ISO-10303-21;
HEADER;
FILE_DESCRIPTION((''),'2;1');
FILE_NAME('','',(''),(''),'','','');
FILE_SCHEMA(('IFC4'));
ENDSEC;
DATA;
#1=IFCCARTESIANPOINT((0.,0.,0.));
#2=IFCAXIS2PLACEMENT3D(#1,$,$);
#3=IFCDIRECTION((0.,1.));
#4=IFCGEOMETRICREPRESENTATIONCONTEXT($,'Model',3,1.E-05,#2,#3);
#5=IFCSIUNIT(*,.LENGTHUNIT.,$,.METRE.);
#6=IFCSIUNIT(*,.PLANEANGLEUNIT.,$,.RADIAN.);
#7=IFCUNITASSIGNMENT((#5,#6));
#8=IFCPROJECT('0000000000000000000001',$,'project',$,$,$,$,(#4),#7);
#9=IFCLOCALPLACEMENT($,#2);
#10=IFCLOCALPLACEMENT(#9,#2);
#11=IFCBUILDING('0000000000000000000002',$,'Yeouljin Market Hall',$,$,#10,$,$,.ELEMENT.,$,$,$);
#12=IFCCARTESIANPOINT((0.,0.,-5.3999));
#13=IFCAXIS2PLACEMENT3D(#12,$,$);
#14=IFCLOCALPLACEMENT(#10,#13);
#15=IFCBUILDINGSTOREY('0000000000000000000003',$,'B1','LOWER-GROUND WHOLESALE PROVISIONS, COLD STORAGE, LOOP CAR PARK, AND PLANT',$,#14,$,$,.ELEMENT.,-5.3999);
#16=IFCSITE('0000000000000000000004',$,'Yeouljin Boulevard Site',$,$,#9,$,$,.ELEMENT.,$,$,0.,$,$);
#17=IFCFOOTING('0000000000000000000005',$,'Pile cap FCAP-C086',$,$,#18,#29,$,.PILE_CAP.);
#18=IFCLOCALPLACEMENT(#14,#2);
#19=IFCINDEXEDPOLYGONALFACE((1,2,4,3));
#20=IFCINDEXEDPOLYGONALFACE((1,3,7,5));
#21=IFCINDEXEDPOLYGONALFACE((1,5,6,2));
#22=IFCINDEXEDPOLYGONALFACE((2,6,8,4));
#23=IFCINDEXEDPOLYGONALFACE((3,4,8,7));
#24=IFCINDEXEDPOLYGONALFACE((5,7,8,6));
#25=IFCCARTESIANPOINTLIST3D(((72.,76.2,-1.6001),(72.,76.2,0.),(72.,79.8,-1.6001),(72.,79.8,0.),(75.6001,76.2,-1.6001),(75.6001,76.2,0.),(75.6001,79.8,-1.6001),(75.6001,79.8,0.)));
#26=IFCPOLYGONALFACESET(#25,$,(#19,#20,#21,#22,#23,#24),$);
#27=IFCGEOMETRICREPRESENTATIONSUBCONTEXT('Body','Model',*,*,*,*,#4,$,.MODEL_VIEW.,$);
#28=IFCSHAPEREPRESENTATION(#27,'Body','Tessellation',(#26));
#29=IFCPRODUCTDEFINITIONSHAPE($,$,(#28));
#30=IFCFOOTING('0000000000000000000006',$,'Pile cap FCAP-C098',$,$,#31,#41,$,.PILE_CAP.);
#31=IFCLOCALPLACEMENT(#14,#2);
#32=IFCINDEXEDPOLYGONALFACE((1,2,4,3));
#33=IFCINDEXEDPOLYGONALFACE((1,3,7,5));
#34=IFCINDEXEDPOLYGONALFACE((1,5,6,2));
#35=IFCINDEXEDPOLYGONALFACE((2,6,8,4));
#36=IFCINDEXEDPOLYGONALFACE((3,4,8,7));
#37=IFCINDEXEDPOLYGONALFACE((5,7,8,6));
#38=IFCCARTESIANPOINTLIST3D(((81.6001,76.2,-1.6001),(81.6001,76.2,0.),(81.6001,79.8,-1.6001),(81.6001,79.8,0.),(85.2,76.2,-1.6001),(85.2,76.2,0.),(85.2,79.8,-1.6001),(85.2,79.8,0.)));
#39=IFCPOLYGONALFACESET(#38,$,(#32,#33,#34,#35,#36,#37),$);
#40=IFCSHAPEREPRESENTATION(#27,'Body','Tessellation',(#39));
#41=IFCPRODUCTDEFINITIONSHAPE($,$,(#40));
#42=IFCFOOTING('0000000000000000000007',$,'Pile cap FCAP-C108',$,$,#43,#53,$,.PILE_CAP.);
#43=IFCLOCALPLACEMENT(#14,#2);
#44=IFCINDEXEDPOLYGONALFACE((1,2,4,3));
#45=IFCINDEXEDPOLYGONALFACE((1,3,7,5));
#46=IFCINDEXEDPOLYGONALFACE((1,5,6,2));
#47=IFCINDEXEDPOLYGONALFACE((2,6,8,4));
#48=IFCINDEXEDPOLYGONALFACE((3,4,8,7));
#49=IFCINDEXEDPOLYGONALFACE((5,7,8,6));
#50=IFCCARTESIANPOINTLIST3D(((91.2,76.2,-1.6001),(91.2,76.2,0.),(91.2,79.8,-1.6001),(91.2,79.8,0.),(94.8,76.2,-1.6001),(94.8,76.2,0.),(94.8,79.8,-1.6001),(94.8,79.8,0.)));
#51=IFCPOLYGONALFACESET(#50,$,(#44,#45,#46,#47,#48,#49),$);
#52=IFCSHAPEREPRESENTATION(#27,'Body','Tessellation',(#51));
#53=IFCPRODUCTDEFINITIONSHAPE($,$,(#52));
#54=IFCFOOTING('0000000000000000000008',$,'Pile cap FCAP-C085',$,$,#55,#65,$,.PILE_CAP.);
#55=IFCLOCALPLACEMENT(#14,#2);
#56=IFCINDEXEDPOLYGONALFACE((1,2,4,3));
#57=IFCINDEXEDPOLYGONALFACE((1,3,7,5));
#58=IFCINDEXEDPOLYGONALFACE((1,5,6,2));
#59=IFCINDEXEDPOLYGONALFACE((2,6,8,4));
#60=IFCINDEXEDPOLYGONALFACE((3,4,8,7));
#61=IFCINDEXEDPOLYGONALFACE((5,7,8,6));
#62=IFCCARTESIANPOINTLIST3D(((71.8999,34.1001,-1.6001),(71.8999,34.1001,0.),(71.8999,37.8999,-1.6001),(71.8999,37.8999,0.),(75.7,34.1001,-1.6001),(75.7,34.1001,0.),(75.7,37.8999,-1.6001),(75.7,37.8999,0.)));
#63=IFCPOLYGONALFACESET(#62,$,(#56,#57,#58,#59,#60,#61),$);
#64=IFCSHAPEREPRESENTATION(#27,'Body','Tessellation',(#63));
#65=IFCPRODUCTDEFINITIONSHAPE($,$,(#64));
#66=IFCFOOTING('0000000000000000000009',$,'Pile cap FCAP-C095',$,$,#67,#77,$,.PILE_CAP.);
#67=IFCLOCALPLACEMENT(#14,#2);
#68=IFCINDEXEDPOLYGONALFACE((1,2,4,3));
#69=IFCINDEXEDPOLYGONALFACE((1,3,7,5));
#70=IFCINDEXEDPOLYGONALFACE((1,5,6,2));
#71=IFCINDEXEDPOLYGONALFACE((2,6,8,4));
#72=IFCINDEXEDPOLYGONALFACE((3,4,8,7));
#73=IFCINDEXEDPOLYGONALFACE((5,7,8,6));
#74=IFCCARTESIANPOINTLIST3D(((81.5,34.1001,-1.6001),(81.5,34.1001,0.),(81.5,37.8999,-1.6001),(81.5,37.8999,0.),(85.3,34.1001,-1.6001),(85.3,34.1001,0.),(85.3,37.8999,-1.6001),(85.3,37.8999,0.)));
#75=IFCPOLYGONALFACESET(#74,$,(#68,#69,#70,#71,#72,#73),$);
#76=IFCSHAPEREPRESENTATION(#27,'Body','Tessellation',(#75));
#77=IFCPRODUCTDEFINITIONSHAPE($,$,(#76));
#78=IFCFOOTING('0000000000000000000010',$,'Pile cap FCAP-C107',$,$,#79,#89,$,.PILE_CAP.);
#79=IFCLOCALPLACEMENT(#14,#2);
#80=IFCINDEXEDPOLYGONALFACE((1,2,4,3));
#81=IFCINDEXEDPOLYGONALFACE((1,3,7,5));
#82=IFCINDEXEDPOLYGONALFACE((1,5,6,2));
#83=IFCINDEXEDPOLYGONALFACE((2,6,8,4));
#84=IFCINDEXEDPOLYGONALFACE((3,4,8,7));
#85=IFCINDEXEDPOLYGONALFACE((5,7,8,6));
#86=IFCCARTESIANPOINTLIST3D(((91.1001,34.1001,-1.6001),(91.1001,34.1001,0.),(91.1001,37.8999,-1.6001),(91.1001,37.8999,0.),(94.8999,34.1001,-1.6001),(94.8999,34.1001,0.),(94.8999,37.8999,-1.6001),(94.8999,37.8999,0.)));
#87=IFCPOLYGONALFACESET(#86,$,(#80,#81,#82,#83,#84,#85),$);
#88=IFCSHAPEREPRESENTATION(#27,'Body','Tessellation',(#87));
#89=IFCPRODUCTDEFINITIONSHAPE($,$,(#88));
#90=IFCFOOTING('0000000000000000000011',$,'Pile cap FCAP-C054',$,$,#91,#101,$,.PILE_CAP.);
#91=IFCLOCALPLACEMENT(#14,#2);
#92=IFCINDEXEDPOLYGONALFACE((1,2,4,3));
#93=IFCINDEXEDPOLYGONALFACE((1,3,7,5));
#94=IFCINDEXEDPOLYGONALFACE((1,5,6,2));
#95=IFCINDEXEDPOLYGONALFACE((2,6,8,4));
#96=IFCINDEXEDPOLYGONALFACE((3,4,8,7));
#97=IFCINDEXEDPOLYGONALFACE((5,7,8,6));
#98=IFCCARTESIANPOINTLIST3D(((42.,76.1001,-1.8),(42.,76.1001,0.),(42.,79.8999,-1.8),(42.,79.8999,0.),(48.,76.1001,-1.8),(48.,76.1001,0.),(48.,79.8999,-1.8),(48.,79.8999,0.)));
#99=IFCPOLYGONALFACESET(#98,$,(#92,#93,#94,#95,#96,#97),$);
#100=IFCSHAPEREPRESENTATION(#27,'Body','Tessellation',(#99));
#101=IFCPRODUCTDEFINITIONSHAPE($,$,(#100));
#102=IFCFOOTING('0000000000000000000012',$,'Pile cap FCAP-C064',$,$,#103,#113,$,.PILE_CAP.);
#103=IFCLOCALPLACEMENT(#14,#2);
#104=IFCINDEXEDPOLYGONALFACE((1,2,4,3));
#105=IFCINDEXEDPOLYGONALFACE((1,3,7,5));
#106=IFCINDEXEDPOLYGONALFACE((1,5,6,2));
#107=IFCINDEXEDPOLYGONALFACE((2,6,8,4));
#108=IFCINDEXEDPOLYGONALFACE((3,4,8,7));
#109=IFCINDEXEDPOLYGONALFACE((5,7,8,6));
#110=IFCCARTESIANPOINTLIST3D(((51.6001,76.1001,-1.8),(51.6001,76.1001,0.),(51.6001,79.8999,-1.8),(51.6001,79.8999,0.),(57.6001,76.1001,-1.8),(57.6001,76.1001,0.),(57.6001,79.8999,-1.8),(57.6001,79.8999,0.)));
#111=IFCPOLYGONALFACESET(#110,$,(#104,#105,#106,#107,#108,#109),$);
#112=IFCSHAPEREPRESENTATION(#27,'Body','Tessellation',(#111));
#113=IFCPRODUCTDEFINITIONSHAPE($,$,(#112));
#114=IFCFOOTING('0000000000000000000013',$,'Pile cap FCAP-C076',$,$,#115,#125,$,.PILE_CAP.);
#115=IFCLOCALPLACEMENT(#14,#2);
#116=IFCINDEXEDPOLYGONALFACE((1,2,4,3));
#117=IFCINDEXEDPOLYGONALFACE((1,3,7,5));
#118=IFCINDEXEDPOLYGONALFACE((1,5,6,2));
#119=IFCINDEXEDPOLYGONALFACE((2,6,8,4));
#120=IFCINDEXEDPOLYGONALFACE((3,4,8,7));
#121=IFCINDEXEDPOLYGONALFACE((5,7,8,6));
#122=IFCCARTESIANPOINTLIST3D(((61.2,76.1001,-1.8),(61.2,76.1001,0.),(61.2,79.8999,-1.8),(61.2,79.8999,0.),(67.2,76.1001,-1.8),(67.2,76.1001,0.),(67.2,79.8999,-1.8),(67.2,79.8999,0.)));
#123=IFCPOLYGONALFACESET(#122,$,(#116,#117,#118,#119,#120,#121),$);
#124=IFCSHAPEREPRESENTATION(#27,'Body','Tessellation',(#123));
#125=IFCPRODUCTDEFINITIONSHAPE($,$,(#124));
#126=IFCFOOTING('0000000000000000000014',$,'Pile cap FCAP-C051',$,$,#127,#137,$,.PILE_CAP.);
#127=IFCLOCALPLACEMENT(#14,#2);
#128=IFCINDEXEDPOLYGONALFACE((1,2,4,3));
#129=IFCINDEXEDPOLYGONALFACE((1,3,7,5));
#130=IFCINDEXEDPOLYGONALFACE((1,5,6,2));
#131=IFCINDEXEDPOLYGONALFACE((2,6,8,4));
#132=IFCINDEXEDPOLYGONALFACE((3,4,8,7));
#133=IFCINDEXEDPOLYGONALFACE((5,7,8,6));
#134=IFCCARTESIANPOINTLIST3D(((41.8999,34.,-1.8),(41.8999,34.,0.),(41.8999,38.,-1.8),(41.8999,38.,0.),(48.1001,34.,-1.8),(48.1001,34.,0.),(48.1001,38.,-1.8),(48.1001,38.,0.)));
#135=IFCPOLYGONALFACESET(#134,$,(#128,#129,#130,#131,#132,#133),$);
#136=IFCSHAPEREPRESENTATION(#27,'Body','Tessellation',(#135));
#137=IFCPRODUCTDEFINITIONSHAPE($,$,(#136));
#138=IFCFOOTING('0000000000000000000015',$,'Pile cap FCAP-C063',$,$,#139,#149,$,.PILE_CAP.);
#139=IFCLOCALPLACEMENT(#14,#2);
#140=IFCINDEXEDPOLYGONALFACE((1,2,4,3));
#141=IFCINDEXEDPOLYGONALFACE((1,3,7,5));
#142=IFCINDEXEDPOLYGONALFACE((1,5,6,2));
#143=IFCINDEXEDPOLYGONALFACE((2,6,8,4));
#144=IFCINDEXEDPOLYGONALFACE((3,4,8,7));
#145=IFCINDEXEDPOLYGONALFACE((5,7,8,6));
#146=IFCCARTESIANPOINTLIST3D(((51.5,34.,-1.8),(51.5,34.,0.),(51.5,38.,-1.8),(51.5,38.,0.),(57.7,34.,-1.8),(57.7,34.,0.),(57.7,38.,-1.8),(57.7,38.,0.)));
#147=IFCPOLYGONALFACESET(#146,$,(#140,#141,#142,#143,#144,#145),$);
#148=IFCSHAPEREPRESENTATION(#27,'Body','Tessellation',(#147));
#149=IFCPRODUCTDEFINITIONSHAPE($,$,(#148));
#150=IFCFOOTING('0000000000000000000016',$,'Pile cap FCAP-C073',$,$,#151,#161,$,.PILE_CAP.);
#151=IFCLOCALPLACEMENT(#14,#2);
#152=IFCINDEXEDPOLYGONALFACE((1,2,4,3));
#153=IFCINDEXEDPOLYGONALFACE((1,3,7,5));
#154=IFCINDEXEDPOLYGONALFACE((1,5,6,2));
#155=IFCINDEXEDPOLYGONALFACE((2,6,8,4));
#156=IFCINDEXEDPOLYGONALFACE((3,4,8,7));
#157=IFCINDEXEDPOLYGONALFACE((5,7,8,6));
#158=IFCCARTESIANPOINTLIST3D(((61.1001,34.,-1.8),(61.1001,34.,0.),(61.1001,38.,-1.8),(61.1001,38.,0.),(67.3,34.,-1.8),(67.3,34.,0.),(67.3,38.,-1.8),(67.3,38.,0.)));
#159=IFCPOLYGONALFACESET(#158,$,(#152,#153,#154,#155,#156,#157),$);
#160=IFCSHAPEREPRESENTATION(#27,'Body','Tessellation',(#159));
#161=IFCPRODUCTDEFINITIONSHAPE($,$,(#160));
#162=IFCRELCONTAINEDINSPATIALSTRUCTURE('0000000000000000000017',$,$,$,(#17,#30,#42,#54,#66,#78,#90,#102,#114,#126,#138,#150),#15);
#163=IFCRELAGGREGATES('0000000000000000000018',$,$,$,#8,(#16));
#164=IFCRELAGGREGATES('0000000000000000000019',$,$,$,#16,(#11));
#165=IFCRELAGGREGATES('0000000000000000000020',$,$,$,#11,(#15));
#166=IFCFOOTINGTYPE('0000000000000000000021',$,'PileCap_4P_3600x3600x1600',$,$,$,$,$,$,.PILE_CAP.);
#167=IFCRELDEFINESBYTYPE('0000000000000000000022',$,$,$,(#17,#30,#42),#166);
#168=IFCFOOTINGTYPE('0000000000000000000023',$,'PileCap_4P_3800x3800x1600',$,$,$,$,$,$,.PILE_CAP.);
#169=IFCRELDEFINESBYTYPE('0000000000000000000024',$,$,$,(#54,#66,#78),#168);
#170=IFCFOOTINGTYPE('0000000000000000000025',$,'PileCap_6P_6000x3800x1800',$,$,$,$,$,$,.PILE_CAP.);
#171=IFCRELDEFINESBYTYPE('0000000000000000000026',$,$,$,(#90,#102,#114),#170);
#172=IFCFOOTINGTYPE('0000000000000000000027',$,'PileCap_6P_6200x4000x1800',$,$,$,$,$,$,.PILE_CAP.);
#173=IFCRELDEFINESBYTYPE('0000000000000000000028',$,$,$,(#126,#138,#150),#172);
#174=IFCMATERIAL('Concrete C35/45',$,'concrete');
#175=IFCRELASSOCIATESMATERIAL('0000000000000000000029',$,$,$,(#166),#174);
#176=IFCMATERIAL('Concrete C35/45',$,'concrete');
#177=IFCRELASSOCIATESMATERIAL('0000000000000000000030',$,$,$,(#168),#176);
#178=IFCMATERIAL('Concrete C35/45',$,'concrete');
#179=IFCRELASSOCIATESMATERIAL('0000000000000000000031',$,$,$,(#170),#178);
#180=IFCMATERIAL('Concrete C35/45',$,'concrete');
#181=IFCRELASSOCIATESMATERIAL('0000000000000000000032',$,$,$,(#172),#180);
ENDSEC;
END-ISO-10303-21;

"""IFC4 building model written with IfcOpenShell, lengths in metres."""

from ifc_helpers import new_model, si_unit, direction, frame, origin, place, context, subcontext, project, spatial, polyline, outline, extrude, material, type_object, element, save


model = new_model("IFC4")

# Units and contexts
model_context = context("Model", 3, precision=1e-05, world=origin(), true_north=direction((0.0, 1.0)))
body_context = subcontext(model_context, "Body", "Model", "MODEL_VIEW")
ifc_project = project(units=[si_unit("LENGTHUNIT", "METRE"), si_unit("PLANEANGLEUNIT", "RADIAN")], contexts=[model_context])

# Site, building, storey
site_placement = place(None, origin())
site = spatial("IfcSite", under=ifc_project, at=site_placement, Name="Yeouljin Boulevard Site", CompositionType="ELEMENT", RefElevation=0.0)
building_placement = place(site_placement, origin())
building = spatial("IfcBuilding", under=site, at=building_placement, Name="Yeouljin Market Hall", CompositionType="ELEMENT")
storey_placement = place(building_placement, frame((0.0, 0.0, -5.3999)))
storey = spatial("IfcBuildingStorey", under=building, at=storey_placement, Name="B1", Description="LOWER-GROUND WHOLESALE PROVISIONS, COLD STORAGE, LOOP CAR PARK, AND PLANT", CompositionType="ELEMENT", Elevation=-5.3999)

# Footings
ifc_material_1 = material(Name="Concrete C35/45", Category="concrete")
footing_type_1 = type_object("IfcFootingType", Name="PileCap_4P_3600x3600x1600", PredefinedType="PILE_CAP", material=ifc_material_1)
footing_1_placement = place(storey_placement, frame((0.0, 0.0, -1.6001)))
element("IfcFooting", 1, at=footing_1_placement, inside=storey, type_object=footing_type_1, Name="Pile cap FCAP-C086", PredefinedType="PILE_CAP", context=body_context, shape_type="SweptSolid", body=[
    extrude(outline(polyline([(72.0, 76.2), (75.6001, 76.2), (75.6001, 79.8), (72.0, 79.8), (72.0, 76.2)])), origin(), (0.0, 0.0, 1.0), 1.6001),
])
footing_2_placement = place(storey_placement, frame((0.0, 0.0, -1.6001)))
element("IfcFooting", 2, at=footing_2_placement, inside=storey, type_object=footing_type_1, Name="Pile cap FCAP-C098", PredefinedType="PILE_CAP", context=body_context, shape_type="SweptSolid", body=[
    extrude(outline(polyline([(81.6001, 76.2), (85.2, 76.2), (85.2, 79.8), (81.6001, 79.8), (81.6001, 76.2)])), origin(), (0.0, 0.0, 1.0), 1.6001),
])
footing_3_placement = place(storey_placement, frame((0.0, 0.0, -1.6001)))
element("IfcFooting", 3, at=footing_3_placement, inside=storey, type_object=footing_type_1, Name="Pile cap FCAP-C108", PredefinedType="PILE_CAP", context=body_context, shape_type="SweptSolid", body=[
    extrude(outline(polyline([(91.2, 76.2), (94.8, 76.2), (94.8, 79.8), (91.2, 79.8), (91.2, 76.2)])), origin(), (0.0, 0.0, 1.0), 1.6001),
])
ifc_material_2 = material(Name="Concrete C35/45", Category="concrete")
footing_type_2 = type_object("IfcFootingType", Name="PileCap_4P_3800x3800x1600", PredefinedType="PILE_CAP", material=ifc_material_2)
footing_4_placement = place(storey_placement, frame((0.0, 0.0, -1.6001)))
element("IfcFooting", 4, at=footing_4_placement, inside=storey, type_object=footing_type_2, Name="Pile cap FCAP-C085", PredefinedType="PILE_CAP", context=body_context, shape_type="SweptSolid", body=[
    extrude(outline(polyline([(71.8999, 34.1001), (75.7, 34.1001), (75.7, 37.8999), (71.8999, 37.8999), (71.8999, 34.1001)])), origin(), (0.0, 0.0, 1.0), 1.6001),
])
footing_5_placement = place(storey_placement, frame((0.0, 0.0, -1.6001)))
element("IfcFooting", 5, at=footing_5_placement, inside=storey, type_object=footing_type_2, Name="Pile cap FCAP-C095", PredefinedType="PILE_CAP", context=body_context, shape_type="SweptSolid", body=[
    extrude(outline(polyline([(81.5, 34.1001), (85.3, 34.1001), (85.3, 37.8999), (81.5, 37.8999), (81.5, 34.1001)])), origin(), (0.0, 0.0, 1.0), 1.6001),
])
footing_6_placement = place(storey_placement, frame((0.0, 0.0, -1.6001)))
element("IfcFooting", 6, at=footing_6_placement, inside=storey, type_object=footing_type_2, Name="Pile cap FCAP-C107", PredefinedType="PILE_CAP", context=body_context, shape_type="SweptSolid", body=[
    extrude(outline(polyline([(91.1001, 34.1001), (94.8999, 34.1001), (94.8999, 37.8999), (91.1001, 37.8999), (91.1001, 34.1001)])), origin(), (0.0, 0.0, 1.0), 1.6001),
])
ifc_material_3 = material(Name="Concrete C35/45", Category="concrete")
footing_type_3 = type_object("IfcFootingType", Name="PileCap_6P_6000x3800x1800", PredefinedType="PILE_CAP", material=ifc_material_3)
footing_7_placement = place(storey_placement, frame((0.0, 0.0, -1.8)))
element("IfcFooting", 7, at=footing_7_placement, inside=storey, type_object=footing_type_3, Name="Pile cap FCAP-C054", PredefinedType="PILE_CAP", context=body_context, shape_type="SweptSolid", body=[
    extrude(outline(polyline([(42.0, 76.1001), (48.0, 76.1001), (48.0, 79.8999), (42.0, 79.8999), (42.0, 76.1001)])), origin(), (0.0, 0.0, 1.0), 1.8),
])
footing_8_placement = place(storey_placement, frame((0.0, 0.0, -1.8)))
element("IfcFooting", 8, at=footing_8_placement, inside=storey, type_object=footing_type_3, Name="Pile cap FCAP-C064", PredefinedType="PILE_CAP", context=body_context, shape_type="SweptSolid", body=[
    extrude(outline(polyline([(51.6001, 76.1001), (57.6001, 76.1001), (57.6001, 79.8999), (51.6001, 79.8999), (51.6001, 76.1001)])), origin(), (0.0, 0.0, 1.0), 1.8),
])
footing_9_placement = place(storey_placement, frame((0.0, 0.0, -1.8)))
element("IfcFooting", 9, at=footing_9_placement, inside=storey, type_object=footing_type_3, Name="Pile cap FCAP-C076", PredefinedType="PILE_CAP", context=body_context, shape_type="SweptSolid", body=[
    extrude(outline(polyline([(61.2, 76.1001), (67.2, 76.1001), (67.2, 79.8999), (61.2, 79.8999), (61.2, 76.1001)])), origin(), (0.0, 0.0, 1.0), 1.8),
])
ifc_material_4 = material(Name="Concrete C35/45", Category="concrete")
footing_type_4 = type_object("IfcFootingType", Name="PileCap_6P_6200x4000x1800", PredefinedType="PILE_CAP", material=ifc_material_4)
footing_10_placement = place(storey_placement, frame((0.0, 0.0, -1.8)))
element("IfcFooting", 10, at=footing_10_placement, inside=storey, type_object=footing_type_4, Name="Pile cap FCAP-C051", PredefinedType="PILE_CAP", context=body_context, shape_type="SweptSolid", body=[
    extrude(outline(polyline([(41.8999, 34.0), (48.1001, 34.0), (48.1001, 38.0), (41.8999, 38.0), (41.8999, 34.0)])), origin(), (0.0, 0.0, 1.0), 1.8),
])
footing_11_placement = place(storey_placement, frame((0.0, 0.0, -1.8)))
element("IfcFooting", 11, at=footing_11_placement, inside=storey, type_object=footing_type_4, Name="Pile cap FCAP-C063", PredefinedType="PILE_CAP", context=body_context, shape_type="SweptSolid", body=[
    extrude(outline(polyline([(51.5, 34.0), (57.7, 34.0), (57.7, 38.0), (51.5, 38.0), (51.5, 34.0)])), origin(), (0.0, 0.0, 1.0), 1.8),
])
footing_12_placement = place(storey_placement, frame((0.0, 0.0, -1.8)))
element("IfcFooting", 12, at=footing_12_placement, inside=storey, type_object=footing_type_4, Name="Pile cap FCAP-C073", PredefinedType="PILE_CAP", context=body_context, shape_type="SweptSolid", body=[
    extrude(outline(polyline([(61.1001, 34.0), (67.3, 34.0), (67.3, 38.0), (61.1001, 38.0), (61.1001, 34.0)])), origin(), (0.0, 0.0, 1.0), 1.8),
])

save(model, "model.ifc")
